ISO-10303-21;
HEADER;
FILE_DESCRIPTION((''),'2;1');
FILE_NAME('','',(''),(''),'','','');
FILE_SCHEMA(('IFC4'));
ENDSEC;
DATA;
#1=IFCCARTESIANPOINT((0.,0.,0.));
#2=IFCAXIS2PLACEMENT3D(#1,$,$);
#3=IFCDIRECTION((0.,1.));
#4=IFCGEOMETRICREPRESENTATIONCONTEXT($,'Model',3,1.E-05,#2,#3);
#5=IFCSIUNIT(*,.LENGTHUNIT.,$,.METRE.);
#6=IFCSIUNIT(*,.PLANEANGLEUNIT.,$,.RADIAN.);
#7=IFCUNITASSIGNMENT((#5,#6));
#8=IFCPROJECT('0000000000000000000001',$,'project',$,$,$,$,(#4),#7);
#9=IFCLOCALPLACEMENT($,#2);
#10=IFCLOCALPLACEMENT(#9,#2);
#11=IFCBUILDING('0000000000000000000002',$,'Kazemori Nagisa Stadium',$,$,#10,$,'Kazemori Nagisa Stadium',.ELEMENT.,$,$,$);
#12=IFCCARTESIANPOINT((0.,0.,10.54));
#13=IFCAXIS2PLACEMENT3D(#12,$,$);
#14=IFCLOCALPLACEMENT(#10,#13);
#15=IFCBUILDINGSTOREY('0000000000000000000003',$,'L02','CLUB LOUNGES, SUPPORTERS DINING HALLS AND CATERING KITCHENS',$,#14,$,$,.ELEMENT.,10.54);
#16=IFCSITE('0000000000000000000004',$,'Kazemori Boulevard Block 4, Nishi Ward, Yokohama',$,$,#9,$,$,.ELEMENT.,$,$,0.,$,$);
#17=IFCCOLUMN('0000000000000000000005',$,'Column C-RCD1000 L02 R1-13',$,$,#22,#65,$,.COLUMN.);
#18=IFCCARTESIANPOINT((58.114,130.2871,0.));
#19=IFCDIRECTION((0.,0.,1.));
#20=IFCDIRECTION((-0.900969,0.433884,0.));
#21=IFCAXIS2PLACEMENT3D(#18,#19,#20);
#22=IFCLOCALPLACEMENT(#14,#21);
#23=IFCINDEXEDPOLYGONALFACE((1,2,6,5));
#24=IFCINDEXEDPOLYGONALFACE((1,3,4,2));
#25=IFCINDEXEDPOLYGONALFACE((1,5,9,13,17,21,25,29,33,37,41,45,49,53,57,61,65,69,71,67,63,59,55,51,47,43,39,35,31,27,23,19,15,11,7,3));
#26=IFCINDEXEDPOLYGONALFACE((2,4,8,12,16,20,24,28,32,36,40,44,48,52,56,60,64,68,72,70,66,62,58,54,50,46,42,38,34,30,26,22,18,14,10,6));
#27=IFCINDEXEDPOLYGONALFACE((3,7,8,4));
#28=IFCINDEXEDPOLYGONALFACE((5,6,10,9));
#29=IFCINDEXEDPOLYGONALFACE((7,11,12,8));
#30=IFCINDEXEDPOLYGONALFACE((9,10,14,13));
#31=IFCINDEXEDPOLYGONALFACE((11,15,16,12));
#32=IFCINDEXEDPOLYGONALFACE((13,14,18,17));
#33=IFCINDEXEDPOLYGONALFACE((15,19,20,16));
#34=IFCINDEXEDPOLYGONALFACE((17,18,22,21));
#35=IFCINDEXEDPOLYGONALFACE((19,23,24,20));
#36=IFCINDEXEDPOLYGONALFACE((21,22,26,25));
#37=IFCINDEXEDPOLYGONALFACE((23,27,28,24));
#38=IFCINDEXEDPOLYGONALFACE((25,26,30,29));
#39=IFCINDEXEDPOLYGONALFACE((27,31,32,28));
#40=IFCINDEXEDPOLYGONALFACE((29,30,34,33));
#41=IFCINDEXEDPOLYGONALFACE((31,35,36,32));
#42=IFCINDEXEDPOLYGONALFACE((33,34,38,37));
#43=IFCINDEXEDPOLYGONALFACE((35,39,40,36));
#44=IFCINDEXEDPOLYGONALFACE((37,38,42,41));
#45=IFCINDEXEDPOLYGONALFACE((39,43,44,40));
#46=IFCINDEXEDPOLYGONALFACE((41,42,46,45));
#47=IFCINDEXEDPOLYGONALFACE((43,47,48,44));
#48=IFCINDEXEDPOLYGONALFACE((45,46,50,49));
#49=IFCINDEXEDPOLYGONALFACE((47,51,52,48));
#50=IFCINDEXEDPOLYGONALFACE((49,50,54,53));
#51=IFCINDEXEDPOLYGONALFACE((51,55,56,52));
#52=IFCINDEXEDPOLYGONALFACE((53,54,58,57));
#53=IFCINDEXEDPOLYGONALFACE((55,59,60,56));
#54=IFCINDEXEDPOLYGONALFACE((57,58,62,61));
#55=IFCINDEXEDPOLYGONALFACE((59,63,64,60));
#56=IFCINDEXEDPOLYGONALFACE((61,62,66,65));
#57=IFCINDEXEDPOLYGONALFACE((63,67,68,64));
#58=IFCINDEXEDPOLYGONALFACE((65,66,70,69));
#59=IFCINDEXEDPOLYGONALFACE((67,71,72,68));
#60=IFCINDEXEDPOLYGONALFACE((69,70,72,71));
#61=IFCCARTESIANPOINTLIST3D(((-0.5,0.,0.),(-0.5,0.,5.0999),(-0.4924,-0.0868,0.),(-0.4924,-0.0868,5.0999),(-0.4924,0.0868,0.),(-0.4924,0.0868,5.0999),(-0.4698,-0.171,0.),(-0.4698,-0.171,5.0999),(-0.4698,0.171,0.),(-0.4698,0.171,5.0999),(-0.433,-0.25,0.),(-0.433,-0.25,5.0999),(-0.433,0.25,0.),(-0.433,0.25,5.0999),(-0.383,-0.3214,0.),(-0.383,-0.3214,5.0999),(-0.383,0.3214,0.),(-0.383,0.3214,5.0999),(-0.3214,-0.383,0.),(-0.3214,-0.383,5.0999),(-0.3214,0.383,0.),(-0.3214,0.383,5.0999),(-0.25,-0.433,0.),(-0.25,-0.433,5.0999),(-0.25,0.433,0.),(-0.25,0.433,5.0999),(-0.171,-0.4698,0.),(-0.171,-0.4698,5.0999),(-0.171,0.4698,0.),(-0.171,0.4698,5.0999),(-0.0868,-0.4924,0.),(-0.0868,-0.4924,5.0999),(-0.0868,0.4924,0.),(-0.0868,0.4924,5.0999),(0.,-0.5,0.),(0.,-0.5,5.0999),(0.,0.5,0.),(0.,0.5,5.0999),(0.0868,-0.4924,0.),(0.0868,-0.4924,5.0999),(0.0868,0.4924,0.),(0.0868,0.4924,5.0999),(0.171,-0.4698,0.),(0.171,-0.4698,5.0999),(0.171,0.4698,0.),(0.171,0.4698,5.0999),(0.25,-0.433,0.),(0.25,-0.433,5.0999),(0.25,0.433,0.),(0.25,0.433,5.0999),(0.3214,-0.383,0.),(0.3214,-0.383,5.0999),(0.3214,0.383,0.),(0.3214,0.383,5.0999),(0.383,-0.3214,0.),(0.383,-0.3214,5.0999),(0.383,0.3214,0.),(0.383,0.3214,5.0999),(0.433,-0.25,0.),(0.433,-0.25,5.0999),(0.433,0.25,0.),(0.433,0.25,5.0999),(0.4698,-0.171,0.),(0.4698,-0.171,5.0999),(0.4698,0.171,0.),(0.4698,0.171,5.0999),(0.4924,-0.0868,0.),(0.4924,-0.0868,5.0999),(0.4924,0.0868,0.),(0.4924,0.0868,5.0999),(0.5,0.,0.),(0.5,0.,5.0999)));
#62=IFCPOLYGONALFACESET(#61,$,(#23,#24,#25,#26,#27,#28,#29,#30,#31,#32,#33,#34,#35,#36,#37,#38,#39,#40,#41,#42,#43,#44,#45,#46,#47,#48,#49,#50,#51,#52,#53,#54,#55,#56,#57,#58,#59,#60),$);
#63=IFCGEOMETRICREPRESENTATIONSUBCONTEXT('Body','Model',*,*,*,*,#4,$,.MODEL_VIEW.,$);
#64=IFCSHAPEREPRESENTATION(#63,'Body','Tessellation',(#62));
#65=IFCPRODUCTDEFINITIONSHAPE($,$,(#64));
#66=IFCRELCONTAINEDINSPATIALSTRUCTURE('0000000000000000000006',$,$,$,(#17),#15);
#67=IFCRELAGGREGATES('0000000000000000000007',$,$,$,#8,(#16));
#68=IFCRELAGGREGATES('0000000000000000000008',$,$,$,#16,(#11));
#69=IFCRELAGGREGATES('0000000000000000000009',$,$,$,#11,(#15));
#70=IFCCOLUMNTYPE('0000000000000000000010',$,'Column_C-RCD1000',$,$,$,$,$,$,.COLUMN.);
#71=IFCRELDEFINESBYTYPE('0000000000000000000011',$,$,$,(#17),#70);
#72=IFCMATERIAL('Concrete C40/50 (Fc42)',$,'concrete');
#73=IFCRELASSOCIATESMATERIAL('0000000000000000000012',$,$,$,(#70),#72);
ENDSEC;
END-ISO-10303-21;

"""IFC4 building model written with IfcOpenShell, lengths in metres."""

from ifc_helpers import new_model, si_unit, direction, frame, origin, origin_2d, place, context, subcontext, project, spatial, circle, extrude, material, material_profile, profile_set, type_object, element, save


model = new_model("IFC4")

# Units and contexts
model_context = context("Model", 3, precision=1e-05, world=origin(), true_north=direction((0.0, 1.0)))
body_context = subcontext(model_context, "Body", "Model", "MODEL_VIEW")
ifc_project = project(units=[si_unit("LENGTHUNIT", "METRE"), si_unit("PLANEANGLEUNIT", "RADIAN")], contexts=[model_context])

# Site, building, storey
site_placement = place(None, origin())
site = spatial("IfcSite", under=ifc_project, at=site_placement, Name="Kazemori Boulevard Block 4, Nishi Ward, Yokohama", CompositionType="ELEMENT", RefElevation=0.0)
building_placement = place(site_placement, origin())
building = spatial("IfcBuilding", under=site, at=building_placement, Name="Kazemori Nagisa Stadium", LongName="Kazemori Nagisa Stadium", CompositionType="ELEMENT")
storey_placement = place(building_placement, frame((0.0, 0.0, 10.54)))
storey = spatial("IfcBuildingStorey", under=building, at=storey_placement, Name="L02", Description="CLUB LOUNGES, SUPPORTERS DINING HALLS AND CATERING KITCHENS", CompositionType="ELEMENT", Elevation=10.54)

# Column
ifc_material_1 = material(Name="Concrete C40/50 (Fc42)", Category="concrete")
ifc_material_profile_1 = material_profile(ifc_material_1, circle(Radius=0.5, at=origin_2d()), Name="RC-COL-D1000")
ifc_profile_set_1 = profile_set([ifc_material_profile_1], Name="Concrete C40/50 (Fc42)")
column_type = type_object("IfcColumnType", Name="Column_C-RCD1000", PredefinedType="COLUMN", material=ifc_profile_set_1)
column_placement = place(storey_placement, frame((58.114, 130.2871, 0.0), z_axis=(0.0, 0.0, 1.0), x_axis=(-0.900969, 0.433884, 0.0)))
element("IfcColumn", 1, at=column_placement, inside=storey, type_object=column_type, Name="Column C-RCD1000 L02 R1-13", PredefinedType="COLUMN", context=body_context, shape_type="SweptSolid", body=[
    extrude(circle(Radius=0.5, at=origin_2d()), origin(), (0.0, 0.0, 1.0), 5.0999),
])

save(model, "model.ifc")
